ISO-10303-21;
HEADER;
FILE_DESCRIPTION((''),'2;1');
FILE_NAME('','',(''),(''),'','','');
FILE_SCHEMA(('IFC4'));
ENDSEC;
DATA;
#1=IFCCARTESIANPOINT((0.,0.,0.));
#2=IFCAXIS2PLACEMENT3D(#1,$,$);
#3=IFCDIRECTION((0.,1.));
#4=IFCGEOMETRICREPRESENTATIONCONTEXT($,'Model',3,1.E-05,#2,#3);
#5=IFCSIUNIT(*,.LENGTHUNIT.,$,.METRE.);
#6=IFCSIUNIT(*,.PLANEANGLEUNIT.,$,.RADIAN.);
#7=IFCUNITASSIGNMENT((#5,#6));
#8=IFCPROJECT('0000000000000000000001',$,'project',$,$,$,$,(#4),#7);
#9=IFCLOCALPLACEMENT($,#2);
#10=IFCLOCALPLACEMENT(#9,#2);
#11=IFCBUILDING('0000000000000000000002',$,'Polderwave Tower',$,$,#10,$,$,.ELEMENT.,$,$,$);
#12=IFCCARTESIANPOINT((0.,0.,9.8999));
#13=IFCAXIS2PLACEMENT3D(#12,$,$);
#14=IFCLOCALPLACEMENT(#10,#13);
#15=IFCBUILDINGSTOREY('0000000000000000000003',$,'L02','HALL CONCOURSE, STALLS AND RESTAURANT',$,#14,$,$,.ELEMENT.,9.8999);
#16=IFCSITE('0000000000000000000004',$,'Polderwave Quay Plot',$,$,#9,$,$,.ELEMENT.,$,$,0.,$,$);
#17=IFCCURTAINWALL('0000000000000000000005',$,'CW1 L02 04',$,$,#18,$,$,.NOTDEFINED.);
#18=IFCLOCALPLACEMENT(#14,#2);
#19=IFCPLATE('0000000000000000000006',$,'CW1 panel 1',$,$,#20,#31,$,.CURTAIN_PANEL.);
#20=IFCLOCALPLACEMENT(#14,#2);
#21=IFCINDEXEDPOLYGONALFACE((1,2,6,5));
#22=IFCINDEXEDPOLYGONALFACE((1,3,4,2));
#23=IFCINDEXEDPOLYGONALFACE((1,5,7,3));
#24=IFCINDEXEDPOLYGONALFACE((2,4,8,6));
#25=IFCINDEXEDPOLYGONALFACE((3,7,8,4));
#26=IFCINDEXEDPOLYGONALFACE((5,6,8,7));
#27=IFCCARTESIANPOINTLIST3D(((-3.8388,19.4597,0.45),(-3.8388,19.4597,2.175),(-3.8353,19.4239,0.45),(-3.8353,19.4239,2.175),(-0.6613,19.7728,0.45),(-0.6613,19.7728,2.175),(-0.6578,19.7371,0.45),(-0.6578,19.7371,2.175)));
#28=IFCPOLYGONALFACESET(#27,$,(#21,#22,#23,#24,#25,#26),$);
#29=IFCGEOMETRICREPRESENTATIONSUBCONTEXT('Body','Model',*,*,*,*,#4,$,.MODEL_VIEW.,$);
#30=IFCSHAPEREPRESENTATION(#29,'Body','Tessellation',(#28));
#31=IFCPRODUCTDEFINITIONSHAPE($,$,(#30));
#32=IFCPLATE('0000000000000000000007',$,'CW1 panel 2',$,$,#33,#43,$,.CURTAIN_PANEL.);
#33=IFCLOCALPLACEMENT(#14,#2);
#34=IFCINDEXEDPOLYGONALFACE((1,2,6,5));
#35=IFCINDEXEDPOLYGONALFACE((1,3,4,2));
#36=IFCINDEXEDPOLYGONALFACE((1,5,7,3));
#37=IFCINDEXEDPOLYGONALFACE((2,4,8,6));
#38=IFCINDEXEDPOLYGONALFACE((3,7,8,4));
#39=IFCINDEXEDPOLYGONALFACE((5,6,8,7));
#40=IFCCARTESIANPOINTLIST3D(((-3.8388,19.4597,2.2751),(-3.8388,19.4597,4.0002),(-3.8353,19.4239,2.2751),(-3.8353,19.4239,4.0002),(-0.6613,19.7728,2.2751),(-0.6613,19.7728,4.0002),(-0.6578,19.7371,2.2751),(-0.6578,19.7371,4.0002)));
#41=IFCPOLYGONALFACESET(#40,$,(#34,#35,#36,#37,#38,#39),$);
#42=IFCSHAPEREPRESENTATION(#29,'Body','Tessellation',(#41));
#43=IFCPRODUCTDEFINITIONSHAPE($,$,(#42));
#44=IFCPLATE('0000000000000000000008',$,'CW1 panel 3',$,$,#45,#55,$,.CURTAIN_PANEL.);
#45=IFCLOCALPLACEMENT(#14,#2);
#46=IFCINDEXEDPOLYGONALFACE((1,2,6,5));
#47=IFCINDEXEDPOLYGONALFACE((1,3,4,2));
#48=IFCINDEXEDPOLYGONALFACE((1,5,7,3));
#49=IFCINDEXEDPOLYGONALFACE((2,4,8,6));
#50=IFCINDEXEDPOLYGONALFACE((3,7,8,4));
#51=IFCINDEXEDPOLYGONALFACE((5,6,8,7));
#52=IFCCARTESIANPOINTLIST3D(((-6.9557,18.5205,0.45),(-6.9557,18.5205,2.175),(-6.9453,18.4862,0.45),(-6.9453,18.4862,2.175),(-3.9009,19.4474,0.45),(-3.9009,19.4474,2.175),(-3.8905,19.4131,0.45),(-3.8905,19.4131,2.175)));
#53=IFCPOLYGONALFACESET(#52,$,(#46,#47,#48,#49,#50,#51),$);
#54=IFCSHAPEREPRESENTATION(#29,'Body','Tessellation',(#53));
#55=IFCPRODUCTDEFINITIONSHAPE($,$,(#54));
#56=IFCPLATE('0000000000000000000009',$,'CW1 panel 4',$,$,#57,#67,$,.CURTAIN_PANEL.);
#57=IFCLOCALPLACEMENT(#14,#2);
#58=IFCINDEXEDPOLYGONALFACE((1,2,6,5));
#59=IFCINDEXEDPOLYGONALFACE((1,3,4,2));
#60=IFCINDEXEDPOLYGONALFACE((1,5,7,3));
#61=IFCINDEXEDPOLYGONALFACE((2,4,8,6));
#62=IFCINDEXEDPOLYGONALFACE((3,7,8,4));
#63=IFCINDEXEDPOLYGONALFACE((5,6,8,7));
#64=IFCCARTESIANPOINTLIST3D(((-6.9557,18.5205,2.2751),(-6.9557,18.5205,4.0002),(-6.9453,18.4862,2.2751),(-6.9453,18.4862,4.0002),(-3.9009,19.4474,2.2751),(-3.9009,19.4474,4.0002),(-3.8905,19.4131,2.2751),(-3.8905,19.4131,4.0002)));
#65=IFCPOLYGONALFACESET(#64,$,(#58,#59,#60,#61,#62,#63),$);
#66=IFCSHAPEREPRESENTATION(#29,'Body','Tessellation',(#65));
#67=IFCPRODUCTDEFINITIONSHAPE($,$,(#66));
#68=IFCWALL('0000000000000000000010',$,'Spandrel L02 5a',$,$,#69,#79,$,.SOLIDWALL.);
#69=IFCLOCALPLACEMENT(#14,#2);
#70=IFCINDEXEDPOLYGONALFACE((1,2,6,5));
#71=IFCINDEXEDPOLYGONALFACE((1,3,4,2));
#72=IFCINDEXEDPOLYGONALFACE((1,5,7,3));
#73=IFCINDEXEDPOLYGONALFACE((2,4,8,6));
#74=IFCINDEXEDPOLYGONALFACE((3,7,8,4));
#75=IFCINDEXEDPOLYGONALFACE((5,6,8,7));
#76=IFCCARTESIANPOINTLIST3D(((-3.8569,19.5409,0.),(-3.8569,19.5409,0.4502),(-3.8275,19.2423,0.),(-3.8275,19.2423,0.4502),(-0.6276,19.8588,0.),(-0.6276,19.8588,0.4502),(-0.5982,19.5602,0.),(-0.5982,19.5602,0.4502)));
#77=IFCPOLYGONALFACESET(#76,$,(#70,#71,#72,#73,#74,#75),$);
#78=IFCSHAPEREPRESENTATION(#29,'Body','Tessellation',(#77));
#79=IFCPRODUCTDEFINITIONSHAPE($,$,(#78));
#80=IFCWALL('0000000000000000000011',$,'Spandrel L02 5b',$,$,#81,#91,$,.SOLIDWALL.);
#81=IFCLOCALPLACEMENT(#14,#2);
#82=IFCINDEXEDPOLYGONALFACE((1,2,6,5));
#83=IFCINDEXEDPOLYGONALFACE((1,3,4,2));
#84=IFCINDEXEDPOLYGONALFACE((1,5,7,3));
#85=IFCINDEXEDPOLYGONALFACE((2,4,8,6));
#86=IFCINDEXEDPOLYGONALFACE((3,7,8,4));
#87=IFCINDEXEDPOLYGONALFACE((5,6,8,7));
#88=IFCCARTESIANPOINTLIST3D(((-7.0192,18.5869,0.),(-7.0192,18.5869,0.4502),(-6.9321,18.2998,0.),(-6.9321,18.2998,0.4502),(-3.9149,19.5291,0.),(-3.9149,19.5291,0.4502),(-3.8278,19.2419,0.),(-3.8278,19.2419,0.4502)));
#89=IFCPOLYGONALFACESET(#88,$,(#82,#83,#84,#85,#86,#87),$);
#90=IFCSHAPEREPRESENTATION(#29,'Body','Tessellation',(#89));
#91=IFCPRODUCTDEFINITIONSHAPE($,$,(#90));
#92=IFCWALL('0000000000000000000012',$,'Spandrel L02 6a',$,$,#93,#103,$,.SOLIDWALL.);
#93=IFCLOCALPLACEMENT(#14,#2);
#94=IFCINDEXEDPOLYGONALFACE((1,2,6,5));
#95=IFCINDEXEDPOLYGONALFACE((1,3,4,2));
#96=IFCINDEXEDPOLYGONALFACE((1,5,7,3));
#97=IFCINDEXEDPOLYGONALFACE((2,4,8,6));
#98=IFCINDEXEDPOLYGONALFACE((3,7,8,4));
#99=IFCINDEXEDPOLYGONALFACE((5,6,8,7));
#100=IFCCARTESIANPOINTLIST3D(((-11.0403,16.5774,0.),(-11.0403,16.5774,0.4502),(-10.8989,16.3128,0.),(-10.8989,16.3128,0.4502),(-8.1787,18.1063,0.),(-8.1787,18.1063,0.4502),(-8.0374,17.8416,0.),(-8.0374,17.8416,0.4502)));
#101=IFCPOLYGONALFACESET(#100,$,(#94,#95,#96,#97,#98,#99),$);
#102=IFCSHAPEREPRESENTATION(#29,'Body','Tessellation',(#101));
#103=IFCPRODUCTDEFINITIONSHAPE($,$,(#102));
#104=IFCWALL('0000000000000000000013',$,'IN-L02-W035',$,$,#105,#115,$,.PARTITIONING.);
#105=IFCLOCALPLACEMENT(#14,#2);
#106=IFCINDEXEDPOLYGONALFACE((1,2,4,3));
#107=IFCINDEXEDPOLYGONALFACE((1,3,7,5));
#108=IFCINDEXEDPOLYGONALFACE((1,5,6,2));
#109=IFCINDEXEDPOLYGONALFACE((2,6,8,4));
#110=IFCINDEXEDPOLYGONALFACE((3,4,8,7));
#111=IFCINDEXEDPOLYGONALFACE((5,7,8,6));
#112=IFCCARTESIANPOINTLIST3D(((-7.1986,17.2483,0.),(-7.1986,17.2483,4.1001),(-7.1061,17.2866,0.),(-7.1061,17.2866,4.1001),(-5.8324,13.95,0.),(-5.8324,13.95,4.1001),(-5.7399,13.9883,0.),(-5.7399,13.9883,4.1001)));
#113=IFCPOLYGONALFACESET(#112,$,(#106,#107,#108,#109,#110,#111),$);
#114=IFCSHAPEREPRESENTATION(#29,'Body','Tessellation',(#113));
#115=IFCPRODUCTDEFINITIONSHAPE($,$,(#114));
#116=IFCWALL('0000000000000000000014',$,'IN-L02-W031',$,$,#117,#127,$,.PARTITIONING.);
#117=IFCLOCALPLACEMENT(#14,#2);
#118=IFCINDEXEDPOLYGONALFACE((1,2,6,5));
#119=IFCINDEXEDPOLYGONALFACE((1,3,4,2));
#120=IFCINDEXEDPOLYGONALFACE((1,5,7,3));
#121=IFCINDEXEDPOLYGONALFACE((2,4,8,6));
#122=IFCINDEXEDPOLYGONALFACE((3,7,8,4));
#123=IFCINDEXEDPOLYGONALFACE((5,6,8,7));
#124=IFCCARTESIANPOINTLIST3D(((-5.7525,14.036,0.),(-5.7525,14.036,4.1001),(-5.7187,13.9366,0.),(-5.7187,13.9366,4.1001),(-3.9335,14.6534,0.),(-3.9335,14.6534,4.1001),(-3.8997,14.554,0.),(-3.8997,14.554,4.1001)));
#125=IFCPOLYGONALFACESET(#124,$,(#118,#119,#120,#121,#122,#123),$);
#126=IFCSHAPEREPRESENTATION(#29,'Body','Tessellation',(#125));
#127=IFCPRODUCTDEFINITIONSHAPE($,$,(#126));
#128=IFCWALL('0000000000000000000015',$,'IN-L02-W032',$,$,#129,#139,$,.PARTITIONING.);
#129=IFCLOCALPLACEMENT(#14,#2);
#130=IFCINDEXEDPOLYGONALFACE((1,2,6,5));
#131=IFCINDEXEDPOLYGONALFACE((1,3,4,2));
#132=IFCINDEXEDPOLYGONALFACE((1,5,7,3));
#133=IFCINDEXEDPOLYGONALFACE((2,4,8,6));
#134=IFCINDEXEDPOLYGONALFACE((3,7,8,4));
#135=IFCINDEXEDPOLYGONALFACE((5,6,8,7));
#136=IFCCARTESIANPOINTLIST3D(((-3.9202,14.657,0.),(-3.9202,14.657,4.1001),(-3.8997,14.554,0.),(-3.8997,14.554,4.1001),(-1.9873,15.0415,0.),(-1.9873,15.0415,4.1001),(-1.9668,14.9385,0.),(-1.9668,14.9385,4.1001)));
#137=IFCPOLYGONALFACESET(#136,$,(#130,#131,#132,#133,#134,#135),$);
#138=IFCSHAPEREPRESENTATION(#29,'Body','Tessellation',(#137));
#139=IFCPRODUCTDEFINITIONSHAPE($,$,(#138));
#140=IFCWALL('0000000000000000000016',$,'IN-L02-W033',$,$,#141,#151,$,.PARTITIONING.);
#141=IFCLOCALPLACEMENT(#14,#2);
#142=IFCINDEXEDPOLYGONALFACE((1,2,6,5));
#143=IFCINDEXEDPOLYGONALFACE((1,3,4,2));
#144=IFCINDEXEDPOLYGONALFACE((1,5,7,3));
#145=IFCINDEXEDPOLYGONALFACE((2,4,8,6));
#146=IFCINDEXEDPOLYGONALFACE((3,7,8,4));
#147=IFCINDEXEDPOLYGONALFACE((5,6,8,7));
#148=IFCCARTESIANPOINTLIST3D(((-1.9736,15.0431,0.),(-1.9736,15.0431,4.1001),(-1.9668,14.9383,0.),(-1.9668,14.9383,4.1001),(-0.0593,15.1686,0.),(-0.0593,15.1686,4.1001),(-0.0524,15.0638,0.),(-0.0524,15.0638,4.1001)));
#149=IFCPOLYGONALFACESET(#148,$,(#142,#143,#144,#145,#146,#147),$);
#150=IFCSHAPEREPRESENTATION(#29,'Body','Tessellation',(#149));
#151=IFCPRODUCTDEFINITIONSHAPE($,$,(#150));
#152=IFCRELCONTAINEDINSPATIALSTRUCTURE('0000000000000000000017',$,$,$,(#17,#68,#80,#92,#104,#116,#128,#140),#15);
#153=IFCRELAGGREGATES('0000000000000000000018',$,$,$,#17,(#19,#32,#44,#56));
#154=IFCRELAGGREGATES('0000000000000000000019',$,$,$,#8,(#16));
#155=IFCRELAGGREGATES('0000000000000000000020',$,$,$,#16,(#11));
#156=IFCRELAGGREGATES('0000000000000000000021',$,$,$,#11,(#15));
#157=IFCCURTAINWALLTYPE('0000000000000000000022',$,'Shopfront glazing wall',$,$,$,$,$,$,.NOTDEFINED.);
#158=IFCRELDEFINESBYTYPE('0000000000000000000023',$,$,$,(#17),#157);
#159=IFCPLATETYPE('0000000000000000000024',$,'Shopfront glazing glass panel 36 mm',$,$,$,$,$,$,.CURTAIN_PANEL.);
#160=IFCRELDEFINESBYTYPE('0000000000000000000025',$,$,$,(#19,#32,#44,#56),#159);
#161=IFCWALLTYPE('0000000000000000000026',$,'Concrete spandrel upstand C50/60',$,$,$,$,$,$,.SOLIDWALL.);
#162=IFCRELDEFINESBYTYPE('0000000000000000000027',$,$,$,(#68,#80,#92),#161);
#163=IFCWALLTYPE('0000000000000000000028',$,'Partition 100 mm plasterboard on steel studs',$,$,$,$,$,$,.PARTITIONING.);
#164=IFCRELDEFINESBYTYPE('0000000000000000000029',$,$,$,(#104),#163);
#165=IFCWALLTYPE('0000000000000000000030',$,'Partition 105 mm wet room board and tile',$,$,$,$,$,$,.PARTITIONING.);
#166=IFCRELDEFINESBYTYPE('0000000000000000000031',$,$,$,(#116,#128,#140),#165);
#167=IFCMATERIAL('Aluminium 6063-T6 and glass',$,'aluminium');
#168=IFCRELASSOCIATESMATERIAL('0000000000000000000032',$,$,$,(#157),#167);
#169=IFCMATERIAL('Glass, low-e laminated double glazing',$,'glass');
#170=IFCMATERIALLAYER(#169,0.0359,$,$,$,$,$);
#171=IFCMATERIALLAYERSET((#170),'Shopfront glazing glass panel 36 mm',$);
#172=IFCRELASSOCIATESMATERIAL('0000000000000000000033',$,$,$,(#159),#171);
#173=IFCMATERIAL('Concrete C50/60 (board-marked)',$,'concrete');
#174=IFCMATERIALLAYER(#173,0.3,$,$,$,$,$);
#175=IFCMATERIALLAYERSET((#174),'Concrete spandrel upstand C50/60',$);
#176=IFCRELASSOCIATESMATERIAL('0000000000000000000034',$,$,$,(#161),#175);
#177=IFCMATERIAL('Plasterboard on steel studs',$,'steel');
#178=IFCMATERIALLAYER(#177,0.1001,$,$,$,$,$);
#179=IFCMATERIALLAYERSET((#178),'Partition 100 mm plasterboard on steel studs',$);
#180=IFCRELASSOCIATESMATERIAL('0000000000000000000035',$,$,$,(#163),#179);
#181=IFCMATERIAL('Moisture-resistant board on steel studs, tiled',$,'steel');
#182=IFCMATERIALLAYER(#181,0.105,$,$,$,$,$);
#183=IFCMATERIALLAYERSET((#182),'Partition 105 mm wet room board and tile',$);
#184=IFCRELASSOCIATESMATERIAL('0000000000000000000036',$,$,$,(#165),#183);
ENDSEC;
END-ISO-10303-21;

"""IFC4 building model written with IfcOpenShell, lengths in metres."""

from ifc_helpers import new_model, si_unit, direction, frame, frame_2d, origin, origin_2d, place, context, subcontext, project, spatial, rectangle, extrude, material, layer, layer_set, type_object, element, aggregate, save


model = new_model("IFC4")

# Units and contexts
model_context = context("Model", 3, precision=1e-05, world=origin(), true_north=direction((0.0, 1.0)))
body_context = subcontext(model_context, "Body", "Model", "MODEL_VIEW")
ifc_project = project(units=[si_unit("LENGTHUNIT", "METRE"), si_unit("PLANEANGLEUNIT", "RADIAN")], contexts=[model_context])

# Site, building, storey
site_placement = place(None, origin())
site = spatial("IfcSite", under=ifc_project, at=site_placement, Name="Polderwave Quay Plot", CompositionType="ELEMENT", RefElevation=0.0)
building_placement = place(site_placement, origin())
building = spatial("IfcBuilding", under=site, at=building_placement, Name="Polderwave Tower", CompositionType="ELEMENT")
storey_placement = place(building_placement, frame((0.0, 0.0, 9.8999)))
storey = spatial("IfcBuildingStorey", under=building, at=storey_placement, Name="L02", Description="HALL CONCOURSE, STALLS AND RESTAURANT", CompositionType="ELEMENT", Elevation=9.8999)

# Curtain wall
ifc_material_1 = material(Name="Aluminium 6063-T6 and glass", Category="aluminium")
curtain_wall_type = type_object("IfcCurtainWallType", Name="Shopfront glazing wall", PredefinedType="NOTDEFINED", material=ifc_material_1)
curtain_wall_1_placement = place(storey_placement, origin())
curtain_wall_1 = element("IfcCurtainWall", 1, at=curtain_wall_1_placement, inside=storey, type_object=curtain_wall_type, Name="CW1 L02 04", PredefinedType="NOTDEFINED")

# Plates
ifc_material_2 = material(Name="Glass, low-e laminated double glazing", Category="glass")
ifc_layer_1 = layer(ifc_material_2, 0.0359)
ifc_layer_set_1 = layer_set([ifc_layer_1], Name="Shopfront glazing glass panel 36 mm")
plate_type = type_object("IfcPlateType", Name="Shopfront glazing glass panel 36 mm", PredefinedType="CURTAIN_PANEL", material=ifc_layer_set_1)
plate_1_placement = place(storey_placement, frame((-2.2483, 19.5984, 0.45), z_axis=(0.0, 0.0, 1.0), x_axis=(-0.995178, -0.098087, 0.0)))
plate_1 = element("IfcPlate", 2, at=plate_1_placement, type_object=plate_type, Name="CW1 panel 1", PredefinedType="CURTAIN_PANEL", context=body_context, shape_type="SweptSolid", body=[
    extrude(rectangle(XDim=3.1929, YDim=0.0359, at=origin_2d()), origin(), (0.0, 0.0, 1.0), 1.7251),
])
plate_2_placement = place(storey_placement, frame((-2.2483, 19.5984, 2.2751), z_axis=(0.0, 0.0, 1.0), x_axis=(-0.995178, -0.098087, 0.0)))
plate_2 = element("IfcPlate", 3, at=plate_2_placement, type_object=plate_type, Name="CW1 panel 2", PredefinedType="CURTAIN_PANEL", context=body_context, shape_type="SweptSolid", body=[
    extrude(rectangle(XDim=3.1929, YDim=0.0359, at=origin_2d()), origin(), (0.0, 0.0, 1.0), 1.7251),
])
plate_3_placement = place(storey_placement, frame((-5.4231, 18.9668, 0.45), z_axis=(0.0, 0.0, 1.0), x_axis=(-0.956925, -0.290336, 0.0)))
plate_3 = element("IfcPlate", 4, at=plate_3_placement, type_object=plate_type, Name="CW1 panel 3", PredefinedType="CURTAIN_PANEL", context=body_context, shape_type="SweptSolid", body=[
    extrude(rectangle(XDim=3.1924, YDim=0.0359, at=origin_2d()), origin(), (0.0, 0.0, 1.0), 1.7251),
])
plate_4_placement = place(storey_placement, frame((-5.4231, 18.9668, 2.2751), z_axis=(0.0, 0.0, 1.0), x_axis=(-0.956925, -0.290336, 0.0)))
plate_4 = element("IfcPlate", 5, at=plate_4_placement, type_object=plate_type, Name="CW1 panel 4", PredefinedType="CURTAIN_PANEL", context=body_context, shape_type="SweptSolid", body=[
    extrude(rectangle(XDim=3.1924, YDim=0.0359, at=origin_2d()), origin(), (0.0, 0.0, 1.0), 1.7251),
])
aggregate(curtain_wall_1, [plate_1, plate_2, plate_3, plate_4])

# Walls
ifc_material_3 = material(Name="Concrete C50/60 (board-marked)", Category="concrete")
ifc_layer_2 = layer(ifc_material_3, 0.3)
ifc_layer_set_2 = layer_set([ifc_layer_2], Name="Concrete spandrel upstand C50/60")
wall_type_1 = type_object("IfcWallType", Name="Concrete spandrel upstand C50/60", PredefinedType="SOLIDWALL", material=ifc_layer_set_2)
wall_1_placement = place(storey_placement, frame((-0.6128, 19.7095, 0.0), z_axis=(0.0, 0.0, 1.0), x_axis=(-0.99519, -0.097962, 0.0)))
element("IfcWall", 6, at=wall_1_placement, inside=storey, type_object=wall_type_1, Name="Spandrel L02 5a", PredefinedType="SOLIDWALL", context=body_context, shape_type="SweptSolid", body=[
    extrude(rectangle(XDim=3.2449, YDim=0.3, at=frame_2d((1.6226, 0.0))), origin(), (0.0, 0.0, 1.0), 0.4502),
])
wall_2_placement = place(storey_placement, frame((-3.8713, 19.3855, 0.0), z_axis=(0.0, 0.0, 1.0), x_axis=(-0.9569, -0.290419, 0.0)))
element("IfcWall", 7, at=wall_2_placement, inside=storey, type_object=wall_type_1, Name="Spandrel L02 5b", PredefinedType="SOLIDWALL", context=body_context, shape_type="SweptSolid", body=[
    extrude(rectangle(XDim=3.2441, YDim=0.3, at=frame_2d((1.6221, 0.0))), origin(), (0.0, 0.0, 1.0), 0.4502),
])
wall_3_placement = place(storey_placement, frame((-8.1082, 17.9739, 0.0), z_axis=(0.0, 0.0, 1.0), x_axis=(-0.882015, -0.471221, 0.0)))
element("IfcWall", 8, at=wall_3_placement, inside=storey, type_object=wall_type_1, Name="Spandrel L02 6a", PredefinedType="SOLIDWALL", context=body_context, shape_type="SweptSolid", body=[
    extrude(rectangle(XDim=3.2444, YDim=0.3, at=frame_2d((1.6221, 0.0))), origin(), (0.0, 0.0, 1.0), 0.4502),
])
ifc_material_4 = material(Name="Plasterboard on steel studs", Category="steel")
ifc_layer_3 = layer(ifc_material_4, 0.1001)
ifc_layer_set_3 = layer_set([ifc_layer_3], Name="Partition 100 mm plasterboard on steel studs")
wall_type_2 = type_object("IfcWallType", Name="Partition 100 mm plasterboard on steel studs", PredefinedType="PARTITIONING", material=ifc_layer_set_3)
wall_4_placement = place(storey_placement, frame((-5.7861, 13.969, 0.0), z_axis=(0.0, 0.0, 1.0), x_axis=(-0.382682, 0.92388, 0.0)))
element("IfcWall", 9, at=wall_4_placement, inside=storey, type_object=wall_type_2, Name="IN-L02-W035", PredefinedType="PARTITIONING", context=body_context, shape_type="SweptSolid", body=[
    extrude(rectangle(XDim=3.5701, YDim=0.1001, at=frame_2d((1.7852, 0.0))), origin(), (0.0, 0.0, 1.0), 4.1001),
])
ifc_material_5 = material(Name="Moisture-resistant board on steel studs, tiled", Category="steel")
ifc_layer_4 = layer(ifc_material_5, 0.105)
ifc_layer_set_4 = layer_set([ifc_layer_4], Name="Partition 105 mm wet room board and tile")
wall_type_3 = type_object("IfcWallType", Name="Partition 105 mm wet room board and tile", PredefinedType="PARTITIONING", material=ifc_layer_set_4)
wall_5_placement = place(storey_placement, frame((-5.7356, 13.9863, 0.0), z_axis=(0.0, 0.0, 1.0), x_axis=(0.946941, 0.321408, 0.0)))
element("IfcWall", 10, at=wall_5_placement, inside=storey, type_object=wall_type_3, Name="IN-L02-W031", PredefinedType="PARTITIONING", context=body_context, shape_type="SweptSolid", body=[
    extrude(rectangle(XDim=1.9209, YDim=0.105, at=frame_2d((0.9604, 0.0))), origin(), (0.0, 0.0, 1.0), 4.1001),
])
wall_6_placement = place(storey_placement, frame((-3.9099, 14.6055, 0.0), z_axis=(0.0, 0.0, 1.0), x_axis=(0.98078, 0.195115, 0.0)))
element("IfcWall", 11, at=wall_6_placement, inside=storey, type_object=wall_type_3, Name="IN-L02-W032", PredefinedType="PARTITIONING", context=body_context, shape_type="SweptSolid", body=[
    extrude(rectangle(XDim=1.9707, YDim=0.105, at=frame_2d((0.9854, 0.0))), origin(), (0.0, 0.0, 1.0), 4.1001),
])
wall_7_placement = place(storey_placement, frame((-1.9702, 14.9907, 0.0), z_axis=(0.0, 0.0, 1.0), x_axis=(0.997858, 0.065412, 0.0)))
element("IfcWall", 12, at=wall_7_placement, inside=storey, type_object=wall_type_3, Name="IN-L02-W033", PredefinedType="PARTITIONING", context=body_context, shape_type="SweptSolid", body=[
    extrude(rectangle(XDim=1.9185, YDim=0.105, at=frame_2d((0.9592, 0.0))), origin(), (0.0, 0.0, 1.0), 4.1001),
])

save(model, "model.ifc")
